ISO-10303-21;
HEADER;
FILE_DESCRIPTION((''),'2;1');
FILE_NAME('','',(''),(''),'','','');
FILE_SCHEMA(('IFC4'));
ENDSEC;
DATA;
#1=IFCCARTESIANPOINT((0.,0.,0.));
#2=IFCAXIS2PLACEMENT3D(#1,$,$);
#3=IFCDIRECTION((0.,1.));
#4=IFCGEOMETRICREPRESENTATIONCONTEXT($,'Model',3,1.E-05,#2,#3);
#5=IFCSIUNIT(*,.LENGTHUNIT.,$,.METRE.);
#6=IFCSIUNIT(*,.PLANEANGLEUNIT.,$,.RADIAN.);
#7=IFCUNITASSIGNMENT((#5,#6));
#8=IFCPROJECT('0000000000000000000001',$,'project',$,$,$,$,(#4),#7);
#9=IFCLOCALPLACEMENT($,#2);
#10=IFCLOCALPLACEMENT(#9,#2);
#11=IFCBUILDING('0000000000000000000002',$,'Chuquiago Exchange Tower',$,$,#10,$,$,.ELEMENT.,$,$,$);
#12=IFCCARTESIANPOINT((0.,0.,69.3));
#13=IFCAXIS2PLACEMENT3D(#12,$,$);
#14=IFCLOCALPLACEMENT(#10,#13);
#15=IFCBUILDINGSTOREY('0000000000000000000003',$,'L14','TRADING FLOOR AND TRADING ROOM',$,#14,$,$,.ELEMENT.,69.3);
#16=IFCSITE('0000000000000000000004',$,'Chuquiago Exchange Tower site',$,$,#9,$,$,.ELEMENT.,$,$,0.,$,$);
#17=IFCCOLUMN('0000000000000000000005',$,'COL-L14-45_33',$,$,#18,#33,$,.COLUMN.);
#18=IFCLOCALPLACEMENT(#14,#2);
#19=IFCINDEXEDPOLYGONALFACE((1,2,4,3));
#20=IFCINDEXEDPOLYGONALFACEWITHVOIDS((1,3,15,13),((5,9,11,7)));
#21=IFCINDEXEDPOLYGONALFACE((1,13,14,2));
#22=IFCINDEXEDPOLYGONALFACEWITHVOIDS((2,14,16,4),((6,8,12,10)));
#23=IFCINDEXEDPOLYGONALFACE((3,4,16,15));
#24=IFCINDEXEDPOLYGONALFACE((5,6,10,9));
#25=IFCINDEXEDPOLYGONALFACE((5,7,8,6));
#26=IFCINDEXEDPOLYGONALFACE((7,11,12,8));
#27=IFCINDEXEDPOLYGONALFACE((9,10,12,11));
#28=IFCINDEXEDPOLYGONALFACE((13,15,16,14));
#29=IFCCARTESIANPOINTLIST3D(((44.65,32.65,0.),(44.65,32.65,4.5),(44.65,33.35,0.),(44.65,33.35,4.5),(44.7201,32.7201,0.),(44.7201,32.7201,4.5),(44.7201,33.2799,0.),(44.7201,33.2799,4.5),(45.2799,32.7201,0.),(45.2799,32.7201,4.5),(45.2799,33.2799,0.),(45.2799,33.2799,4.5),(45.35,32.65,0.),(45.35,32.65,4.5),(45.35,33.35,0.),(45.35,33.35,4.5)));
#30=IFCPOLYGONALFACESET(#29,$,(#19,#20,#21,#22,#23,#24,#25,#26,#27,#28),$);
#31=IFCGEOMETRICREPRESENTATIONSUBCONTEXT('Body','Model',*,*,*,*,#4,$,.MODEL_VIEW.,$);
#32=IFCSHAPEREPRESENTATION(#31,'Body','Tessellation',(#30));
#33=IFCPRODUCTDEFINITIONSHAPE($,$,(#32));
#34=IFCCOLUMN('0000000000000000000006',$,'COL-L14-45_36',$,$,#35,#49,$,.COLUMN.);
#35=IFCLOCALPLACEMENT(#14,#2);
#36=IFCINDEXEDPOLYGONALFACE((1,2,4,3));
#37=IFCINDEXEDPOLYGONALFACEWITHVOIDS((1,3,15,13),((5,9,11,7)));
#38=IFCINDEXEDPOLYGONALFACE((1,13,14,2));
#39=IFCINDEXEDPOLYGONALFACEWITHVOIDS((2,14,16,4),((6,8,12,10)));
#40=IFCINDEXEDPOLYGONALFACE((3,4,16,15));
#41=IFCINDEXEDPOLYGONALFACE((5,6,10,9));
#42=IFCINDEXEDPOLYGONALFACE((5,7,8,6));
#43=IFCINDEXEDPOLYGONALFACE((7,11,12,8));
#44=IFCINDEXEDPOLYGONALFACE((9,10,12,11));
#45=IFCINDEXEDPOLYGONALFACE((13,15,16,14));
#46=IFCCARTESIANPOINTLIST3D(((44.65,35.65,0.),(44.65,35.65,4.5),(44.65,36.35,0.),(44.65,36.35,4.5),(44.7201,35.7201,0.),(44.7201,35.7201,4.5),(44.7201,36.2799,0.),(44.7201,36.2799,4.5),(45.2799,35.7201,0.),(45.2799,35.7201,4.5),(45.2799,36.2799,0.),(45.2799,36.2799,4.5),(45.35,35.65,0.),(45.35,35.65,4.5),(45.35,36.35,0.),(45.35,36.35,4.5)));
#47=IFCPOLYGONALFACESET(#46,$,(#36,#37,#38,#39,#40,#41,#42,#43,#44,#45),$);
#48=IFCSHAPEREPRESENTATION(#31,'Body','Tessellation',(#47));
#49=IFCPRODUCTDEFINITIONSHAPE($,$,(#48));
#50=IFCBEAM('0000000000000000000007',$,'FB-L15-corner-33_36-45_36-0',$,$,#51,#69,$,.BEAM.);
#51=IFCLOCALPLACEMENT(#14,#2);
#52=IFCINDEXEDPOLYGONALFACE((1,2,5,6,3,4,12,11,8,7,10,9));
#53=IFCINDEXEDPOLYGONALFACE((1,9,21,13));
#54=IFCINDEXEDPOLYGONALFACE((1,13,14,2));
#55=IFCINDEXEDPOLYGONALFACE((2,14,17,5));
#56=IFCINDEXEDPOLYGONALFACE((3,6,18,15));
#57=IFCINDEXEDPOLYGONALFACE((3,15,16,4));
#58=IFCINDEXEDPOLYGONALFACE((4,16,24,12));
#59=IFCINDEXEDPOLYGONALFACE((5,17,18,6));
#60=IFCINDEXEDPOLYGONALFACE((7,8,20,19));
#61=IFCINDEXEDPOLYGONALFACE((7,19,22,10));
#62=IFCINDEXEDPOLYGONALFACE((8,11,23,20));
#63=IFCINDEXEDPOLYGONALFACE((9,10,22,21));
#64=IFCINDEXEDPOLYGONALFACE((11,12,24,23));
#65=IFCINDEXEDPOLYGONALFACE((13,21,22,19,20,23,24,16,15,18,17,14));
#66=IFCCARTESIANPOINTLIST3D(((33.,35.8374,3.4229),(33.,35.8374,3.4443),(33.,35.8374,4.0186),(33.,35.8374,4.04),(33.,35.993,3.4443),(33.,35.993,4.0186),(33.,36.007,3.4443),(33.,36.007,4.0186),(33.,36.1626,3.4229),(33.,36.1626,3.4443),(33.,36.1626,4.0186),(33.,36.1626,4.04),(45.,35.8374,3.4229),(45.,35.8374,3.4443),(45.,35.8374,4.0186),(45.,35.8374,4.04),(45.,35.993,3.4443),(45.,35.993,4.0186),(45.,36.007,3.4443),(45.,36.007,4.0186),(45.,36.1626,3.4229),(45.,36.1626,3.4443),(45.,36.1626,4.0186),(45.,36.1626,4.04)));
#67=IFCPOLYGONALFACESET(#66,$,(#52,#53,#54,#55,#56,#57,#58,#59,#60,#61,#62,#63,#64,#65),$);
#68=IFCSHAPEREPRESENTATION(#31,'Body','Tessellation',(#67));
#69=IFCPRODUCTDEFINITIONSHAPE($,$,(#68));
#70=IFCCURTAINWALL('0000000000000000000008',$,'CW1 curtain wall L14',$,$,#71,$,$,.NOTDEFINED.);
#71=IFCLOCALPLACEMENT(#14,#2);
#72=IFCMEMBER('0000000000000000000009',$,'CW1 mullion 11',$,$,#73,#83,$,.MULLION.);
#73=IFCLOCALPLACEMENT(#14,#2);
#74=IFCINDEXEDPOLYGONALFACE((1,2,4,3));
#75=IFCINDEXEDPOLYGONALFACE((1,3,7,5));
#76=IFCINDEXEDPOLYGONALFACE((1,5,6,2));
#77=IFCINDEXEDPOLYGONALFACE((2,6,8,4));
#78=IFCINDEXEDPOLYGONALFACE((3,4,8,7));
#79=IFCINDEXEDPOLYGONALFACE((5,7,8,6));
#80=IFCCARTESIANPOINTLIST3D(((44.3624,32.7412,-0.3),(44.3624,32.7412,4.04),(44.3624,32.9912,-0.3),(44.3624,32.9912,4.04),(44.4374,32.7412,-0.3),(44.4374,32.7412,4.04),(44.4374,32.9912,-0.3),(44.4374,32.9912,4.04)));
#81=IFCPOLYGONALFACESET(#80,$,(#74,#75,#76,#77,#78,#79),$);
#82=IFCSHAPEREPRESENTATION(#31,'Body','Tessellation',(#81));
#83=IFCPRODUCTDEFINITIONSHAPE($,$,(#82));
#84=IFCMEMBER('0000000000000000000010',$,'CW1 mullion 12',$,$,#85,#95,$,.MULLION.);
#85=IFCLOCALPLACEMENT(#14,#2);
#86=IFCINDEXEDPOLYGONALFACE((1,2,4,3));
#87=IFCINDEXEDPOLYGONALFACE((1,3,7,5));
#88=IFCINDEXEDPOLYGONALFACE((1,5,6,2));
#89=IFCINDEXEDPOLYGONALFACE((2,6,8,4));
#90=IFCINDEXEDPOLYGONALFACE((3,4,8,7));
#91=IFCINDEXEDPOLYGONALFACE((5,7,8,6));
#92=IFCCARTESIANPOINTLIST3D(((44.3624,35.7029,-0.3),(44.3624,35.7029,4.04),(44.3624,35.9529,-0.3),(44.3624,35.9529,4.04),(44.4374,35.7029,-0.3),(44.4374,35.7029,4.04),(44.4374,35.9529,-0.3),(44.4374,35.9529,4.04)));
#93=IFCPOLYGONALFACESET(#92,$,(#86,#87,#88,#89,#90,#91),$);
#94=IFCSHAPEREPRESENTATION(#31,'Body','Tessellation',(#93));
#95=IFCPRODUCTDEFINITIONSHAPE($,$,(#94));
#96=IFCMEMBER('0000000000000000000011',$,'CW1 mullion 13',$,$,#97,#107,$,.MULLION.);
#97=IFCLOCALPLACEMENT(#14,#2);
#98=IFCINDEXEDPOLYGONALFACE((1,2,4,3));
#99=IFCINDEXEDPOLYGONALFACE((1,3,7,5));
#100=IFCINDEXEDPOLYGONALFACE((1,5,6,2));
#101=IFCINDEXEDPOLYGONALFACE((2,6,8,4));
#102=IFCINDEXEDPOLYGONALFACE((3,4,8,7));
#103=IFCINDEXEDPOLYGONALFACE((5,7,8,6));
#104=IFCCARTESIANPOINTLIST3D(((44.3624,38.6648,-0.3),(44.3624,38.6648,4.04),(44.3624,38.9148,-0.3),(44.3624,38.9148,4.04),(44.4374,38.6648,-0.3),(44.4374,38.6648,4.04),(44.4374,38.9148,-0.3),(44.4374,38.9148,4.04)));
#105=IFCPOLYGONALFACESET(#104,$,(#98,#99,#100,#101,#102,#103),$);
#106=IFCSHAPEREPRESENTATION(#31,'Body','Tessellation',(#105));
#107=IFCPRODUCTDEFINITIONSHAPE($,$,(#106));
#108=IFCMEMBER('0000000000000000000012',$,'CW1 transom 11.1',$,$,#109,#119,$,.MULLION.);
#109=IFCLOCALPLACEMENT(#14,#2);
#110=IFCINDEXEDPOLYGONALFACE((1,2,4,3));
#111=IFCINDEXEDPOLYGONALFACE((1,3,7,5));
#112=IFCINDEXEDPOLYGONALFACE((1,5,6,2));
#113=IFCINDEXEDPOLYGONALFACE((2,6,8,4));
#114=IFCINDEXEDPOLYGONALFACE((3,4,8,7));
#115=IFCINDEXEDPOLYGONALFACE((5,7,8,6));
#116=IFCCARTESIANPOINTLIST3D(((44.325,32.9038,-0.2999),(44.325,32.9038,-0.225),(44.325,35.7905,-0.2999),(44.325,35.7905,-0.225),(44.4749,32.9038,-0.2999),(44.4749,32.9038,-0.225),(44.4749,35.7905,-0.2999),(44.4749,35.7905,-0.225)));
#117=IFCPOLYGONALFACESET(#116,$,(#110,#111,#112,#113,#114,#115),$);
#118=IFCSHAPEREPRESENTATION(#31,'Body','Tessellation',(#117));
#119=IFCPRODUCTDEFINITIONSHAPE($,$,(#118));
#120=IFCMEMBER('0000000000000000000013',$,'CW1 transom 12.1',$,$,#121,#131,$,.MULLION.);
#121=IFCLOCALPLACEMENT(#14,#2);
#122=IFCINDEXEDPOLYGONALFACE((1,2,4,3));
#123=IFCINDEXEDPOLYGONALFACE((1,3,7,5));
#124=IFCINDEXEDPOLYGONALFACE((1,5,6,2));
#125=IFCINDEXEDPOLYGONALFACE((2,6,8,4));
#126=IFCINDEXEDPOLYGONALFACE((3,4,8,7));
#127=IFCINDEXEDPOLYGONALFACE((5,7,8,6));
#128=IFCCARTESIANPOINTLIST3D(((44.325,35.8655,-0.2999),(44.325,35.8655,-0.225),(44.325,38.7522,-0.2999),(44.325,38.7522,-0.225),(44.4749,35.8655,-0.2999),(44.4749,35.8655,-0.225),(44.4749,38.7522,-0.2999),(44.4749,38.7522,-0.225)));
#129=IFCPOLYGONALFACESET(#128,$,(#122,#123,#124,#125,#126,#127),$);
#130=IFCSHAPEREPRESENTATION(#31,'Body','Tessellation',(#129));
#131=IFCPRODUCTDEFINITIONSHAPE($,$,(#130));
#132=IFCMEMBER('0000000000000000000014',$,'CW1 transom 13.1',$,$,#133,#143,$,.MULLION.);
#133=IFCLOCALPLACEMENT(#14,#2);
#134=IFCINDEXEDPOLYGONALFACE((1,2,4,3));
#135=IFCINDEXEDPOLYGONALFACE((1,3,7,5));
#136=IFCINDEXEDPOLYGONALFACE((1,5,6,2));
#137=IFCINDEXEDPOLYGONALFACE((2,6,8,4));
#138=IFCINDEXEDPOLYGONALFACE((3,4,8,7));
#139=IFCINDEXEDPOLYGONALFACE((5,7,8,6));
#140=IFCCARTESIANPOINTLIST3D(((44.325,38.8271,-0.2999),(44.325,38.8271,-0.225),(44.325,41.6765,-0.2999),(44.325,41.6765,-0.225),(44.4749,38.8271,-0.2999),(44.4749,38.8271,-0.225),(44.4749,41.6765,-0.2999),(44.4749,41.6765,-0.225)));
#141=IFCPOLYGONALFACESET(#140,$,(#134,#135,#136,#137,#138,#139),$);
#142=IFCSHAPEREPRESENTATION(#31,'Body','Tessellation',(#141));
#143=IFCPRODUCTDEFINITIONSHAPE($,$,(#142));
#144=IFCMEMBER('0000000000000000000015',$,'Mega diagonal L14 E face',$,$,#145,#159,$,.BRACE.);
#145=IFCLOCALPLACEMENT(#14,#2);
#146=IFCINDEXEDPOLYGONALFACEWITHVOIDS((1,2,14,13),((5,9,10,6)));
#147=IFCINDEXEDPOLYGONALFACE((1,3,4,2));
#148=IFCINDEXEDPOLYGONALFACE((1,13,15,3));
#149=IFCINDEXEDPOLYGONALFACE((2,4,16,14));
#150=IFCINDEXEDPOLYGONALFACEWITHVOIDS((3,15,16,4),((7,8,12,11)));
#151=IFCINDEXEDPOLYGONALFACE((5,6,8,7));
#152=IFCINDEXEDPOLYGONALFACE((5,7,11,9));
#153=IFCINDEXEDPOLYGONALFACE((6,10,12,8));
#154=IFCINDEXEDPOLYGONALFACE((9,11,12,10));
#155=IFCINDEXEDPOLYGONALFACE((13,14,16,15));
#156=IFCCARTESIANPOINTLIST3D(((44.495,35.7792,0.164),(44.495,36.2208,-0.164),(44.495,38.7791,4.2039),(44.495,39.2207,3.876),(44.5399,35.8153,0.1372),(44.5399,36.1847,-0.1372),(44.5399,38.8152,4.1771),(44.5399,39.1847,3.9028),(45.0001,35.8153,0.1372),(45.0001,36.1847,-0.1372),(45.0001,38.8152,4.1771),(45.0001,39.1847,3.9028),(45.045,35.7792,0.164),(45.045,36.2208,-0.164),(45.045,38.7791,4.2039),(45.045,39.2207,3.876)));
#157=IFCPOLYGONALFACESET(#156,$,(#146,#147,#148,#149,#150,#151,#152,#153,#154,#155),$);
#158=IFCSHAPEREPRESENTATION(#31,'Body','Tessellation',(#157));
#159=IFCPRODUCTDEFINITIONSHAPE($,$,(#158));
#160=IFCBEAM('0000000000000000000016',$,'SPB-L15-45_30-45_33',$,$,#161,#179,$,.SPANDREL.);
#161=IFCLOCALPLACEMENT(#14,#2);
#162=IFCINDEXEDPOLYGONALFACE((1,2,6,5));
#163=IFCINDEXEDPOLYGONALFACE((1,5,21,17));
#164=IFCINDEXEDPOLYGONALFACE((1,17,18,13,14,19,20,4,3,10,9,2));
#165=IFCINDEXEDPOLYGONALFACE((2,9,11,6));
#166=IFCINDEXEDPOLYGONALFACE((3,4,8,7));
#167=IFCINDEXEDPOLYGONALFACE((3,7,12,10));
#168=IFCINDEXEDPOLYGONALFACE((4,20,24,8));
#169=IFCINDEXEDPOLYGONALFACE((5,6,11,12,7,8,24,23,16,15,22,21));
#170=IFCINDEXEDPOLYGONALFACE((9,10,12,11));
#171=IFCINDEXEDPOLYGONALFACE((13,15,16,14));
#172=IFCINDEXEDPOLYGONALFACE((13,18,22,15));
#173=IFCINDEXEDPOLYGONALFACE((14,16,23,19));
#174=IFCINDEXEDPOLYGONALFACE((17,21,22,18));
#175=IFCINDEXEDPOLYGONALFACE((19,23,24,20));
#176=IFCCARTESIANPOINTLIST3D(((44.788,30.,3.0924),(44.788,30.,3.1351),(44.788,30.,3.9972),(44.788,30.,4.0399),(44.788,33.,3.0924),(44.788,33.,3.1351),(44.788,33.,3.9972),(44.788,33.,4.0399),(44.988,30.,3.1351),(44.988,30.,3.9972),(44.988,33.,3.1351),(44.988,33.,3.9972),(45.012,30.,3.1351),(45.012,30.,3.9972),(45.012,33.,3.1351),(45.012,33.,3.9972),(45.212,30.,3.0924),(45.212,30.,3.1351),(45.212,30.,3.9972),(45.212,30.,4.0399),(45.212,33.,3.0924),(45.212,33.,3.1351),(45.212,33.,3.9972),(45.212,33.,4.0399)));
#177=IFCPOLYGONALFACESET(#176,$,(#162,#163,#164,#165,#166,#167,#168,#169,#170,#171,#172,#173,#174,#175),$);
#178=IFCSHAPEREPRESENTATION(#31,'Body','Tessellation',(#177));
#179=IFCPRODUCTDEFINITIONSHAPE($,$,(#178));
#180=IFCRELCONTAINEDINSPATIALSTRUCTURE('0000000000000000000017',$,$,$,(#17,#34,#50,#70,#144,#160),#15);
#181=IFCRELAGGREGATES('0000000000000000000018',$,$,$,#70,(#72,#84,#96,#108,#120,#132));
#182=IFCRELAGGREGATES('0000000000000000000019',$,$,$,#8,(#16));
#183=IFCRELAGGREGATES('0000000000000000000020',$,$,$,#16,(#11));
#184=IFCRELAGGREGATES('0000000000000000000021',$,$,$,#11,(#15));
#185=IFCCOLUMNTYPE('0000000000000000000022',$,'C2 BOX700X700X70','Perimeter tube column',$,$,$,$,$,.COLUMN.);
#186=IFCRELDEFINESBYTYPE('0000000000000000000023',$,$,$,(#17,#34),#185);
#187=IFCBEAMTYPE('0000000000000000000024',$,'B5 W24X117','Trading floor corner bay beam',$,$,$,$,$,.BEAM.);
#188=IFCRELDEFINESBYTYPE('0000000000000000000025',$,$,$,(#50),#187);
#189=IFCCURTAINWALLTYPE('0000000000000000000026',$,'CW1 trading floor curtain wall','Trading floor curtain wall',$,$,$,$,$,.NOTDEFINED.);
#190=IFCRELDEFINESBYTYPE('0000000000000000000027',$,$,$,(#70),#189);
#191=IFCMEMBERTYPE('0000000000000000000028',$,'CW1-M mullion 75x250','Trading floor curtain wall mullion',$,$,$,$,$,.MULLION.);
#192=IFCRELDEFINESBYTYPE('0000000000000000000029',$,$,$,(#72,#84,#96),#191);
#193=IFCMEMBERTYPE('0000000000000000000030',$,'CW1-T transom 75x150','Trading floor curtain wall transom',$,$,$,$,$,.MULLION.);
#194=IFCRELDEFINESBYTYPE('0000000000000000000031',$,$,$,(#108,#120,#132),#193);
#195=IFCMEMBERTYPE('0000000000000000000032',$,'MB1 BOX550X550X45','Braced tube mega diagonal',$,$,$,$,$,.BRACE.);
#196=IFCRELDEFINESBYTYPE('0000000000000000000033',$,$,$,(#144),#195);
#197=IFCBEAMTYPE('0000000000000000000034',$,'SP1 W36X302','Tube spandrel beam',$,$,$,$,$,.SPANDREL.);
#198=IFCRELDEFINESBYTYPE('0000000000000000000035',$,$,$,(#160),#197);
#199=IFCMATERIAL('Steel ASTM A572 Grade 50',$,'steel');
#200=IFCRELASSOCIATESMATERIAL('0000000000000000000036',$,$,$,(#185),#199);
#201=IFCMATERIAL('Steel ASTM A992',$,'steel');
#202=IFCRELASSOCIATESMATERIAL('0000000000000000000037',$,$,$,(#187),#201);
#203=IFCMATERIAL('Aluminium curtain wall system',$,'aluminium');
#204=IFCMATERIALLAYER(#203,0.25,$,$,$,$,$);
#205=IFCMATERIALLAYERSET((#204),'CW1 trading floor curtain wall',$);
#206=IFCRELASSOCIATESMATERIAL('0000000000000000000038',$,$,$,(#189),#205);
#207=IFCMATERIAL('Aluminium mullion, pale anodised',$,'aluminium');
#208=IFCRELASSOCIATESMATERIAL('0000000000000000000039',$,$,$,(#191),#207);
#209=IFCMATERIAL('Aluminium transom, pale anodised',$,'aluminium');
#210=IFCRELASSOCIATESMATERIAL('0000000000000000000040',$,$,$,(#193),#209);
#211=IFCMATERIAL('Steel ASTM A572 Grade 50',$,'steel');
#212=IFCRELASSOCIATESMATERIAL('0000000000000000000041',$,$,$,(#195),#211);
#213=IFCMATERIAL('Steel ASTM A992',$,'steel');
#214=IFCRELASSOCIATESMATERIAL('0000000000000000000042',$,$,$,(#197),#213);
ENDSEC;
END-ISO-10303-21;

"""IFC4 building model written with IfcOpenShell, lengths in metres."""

from ifc_helpers import new_model, si_unit, direction, frame, origin, origin_2d, place, context, subcontext, project, spatial, rectangle, hollow_rectangle, i_section, extrude, material, layer, layer_set, material_profile, profile_set, type_object, element, aggregate, save


model = new_model("IFC4")

# Units and contexts
model_context = context("Model", 3, precision=1e-05, world=origin(), true_north=direction((0.0, 1.0)))
body_context = subcontext(model_context, "Body", "Model", "MODEL_VIEW")
ifc_project = project(units=[si_unit("LENGTHUNIT", "METRE"), si_unit("PLANEANGLEUNIT", "RADIAN")], contexts=[model_context])

# Site, building, storey
site_placement = place(None, origin())
site = spatial("IfcSite", under=ifc_project, at=site_placement, Name="Chuquiago Exchange Tower site", CompositionType="ELEMENT", RefElevation=0.0)
building_placement = place(site_placement, origin())
building = spatial("IfcBuilding", under=site, at=building_placement, Name="Chuquiago Exchange Tower", CompositionType="ELEMENT")
storey_placement = place(building_placement, frame((0.0, 0.0, 69.3)))
storey = spatial("IfcBuildingStorey", under=building, at=storey_placement, Name="L14", Description="TRADING FLOOR AND TRADING ROOM", CompositionType="ELEMENT", Elevation=69.3)

# Columns
ifc_material_1 = material(Name="Steel ASTM A572 Grade 50", Category="steel")
ifc_material_profile_1 = material_profile(ifc_material_1, hollow_rectangle(XDim=0.7, YDim=0.7, WallThickness=0.0701, at=origin_2d()), Name="BOX700X700X70")
ifc_profile_set_1 = profile_set([ifc_material_profile_1], Name="Steel ASTM A572 Grade 50")
column_type = type_object("IfcColumnType", Name="C2 BOX700X700X70", Description="Perimeter tube column", PredefinedType="COLUMN", material=ifc_profile_set_1)
for number, where, z_axis, x_axis, name in (
    (1, (45.0, 33.0, 0.0), (0.0, 0.0, 1.0), (1.0, 0.0, 0.0), "COL-L14-45_33"),
    (2, (45.0, 36.0, 0.0), (0.0, 0.0, 1.0), (1.0, 0.0, 0.0), "COL-L14-45_36"),
):
    element("IfcColumn", number, at=place(storey_placement, frame(where, z_axis=z_axis, x_axis=x_axis)), inside=storey, type_object=column_type, Name=name, PredefinedType="COLUMN", context=body_context, shape_type="SweptSolid", body=[
        extrude(hollow_rectangle(XDim=0.7, YDim=0.7, WallThickness=0.0701, at=origin_2d()), origin(), (0.0, 0.0, 1.0), 4.5),
    ])

# Beam
ifc_material_2 = material(Name="Steel ASTM A992", Category="steel")
ifc_material_profile_2 = material_profile(ifc_material_2, i_section(OverallWidth=0.3252, OverallDepth=0.6172, WebThickness=0.0139, FlangeThickness=0.0215, at=origin_2d()), Name="W24X117")
ifc_profile_set_2 = profile_set([ifc_material_profile_2], Name="Steel ASTM A992")
beam_type_1 = type_object("IfcBeamType", Name="B5 W24X117", Description="Trading floor corner bay beam", PredefinedType="BEAM", material=ifc_profile_set_2)
beam_placement = place(storey_placement, frame((33.0, 36.0, 3.7314), z_axis=(1.0, 0.0, 0.0), x_axis=(0.0, 1.0, 0.0)))
element("IfcBeam", 3, at=beam_placement, inside=storey, type_object=beam_type_1, Name="FB-L15-corner-33_36-45_36-0", PredefinedType="BEAM", context=body_context, shape_type="SweptSolid", body=[
    extrude(i_section(OverallWidth=0.3252, OverallDepth=0.6172, WebThickness=0.0139, FlangeThickness=0.0215, at=origin_2d()), origin(), (0.0, 0.0, 1.0), 12.0),
])

# Curtain wall, members
ifc_material_3 = material(Name="Aluminium curtain wall system", Category="aluminium")
ifc_layer_1 = layer(ifc_material_3, 0.25)
ifc_layer_set_1 = layer_set([ifc_layer_1], Name="CW1 trading floor curtain wall")
curtain_wall_type = type_object("IfcCurtainWallType", Name="CW1 trading floor curtain wall", Description="Trading floor curtain wall", PredefinedType="NOTDEFINED", material=ifc_layer_set_1)
curtain_wall_placement = place(storey_placement, origin())
curtain_wall = element("IfcCurtainWall", 4, at=curtain_wall_placement, inside=storey, type_object=curtain_wall_type, Name="CW1 curtain wall L14", PredefinedType="NOTDEFINED")
ifc_material_4 = material(Name="Aluminium mullion, pale anodised", Category="aluminium")
ifc_material_profile_3 = material_profile(ifc_material_4, rectangle(XDim=0.075, YDim=0.25, at=origin_2d()), Name="AL 75x250")
ifc_profile_set_3 = profile_set([ifc_material_profile_3], Name="Aluminium mullion, pale anodised")
member_type_1 = type_object("IfcMemberType", Name="CW1-M mullion 75x250", Description="Trading floor curtain wall mullion", PredefinedType="MULLION", material=ifc_profile_set_3)
member_1_placement = place(storey_placement, frame((44.3999, 32.8662, -0.3), z_axis=(0.0, 0.0, 1.0), x_axis=(-1.0, 0.0, 0.0)))
member_1 = element("IfcMember", 5, at=member_1_placement, type_object=member_type_1, Name="CW1 mullion 11", PredefinedType="MULLION", context=body_context, shape_type="SweptSolid", body=[
    extrude(rectangle(XDim=0.075, YDim=0.25, at=origin_2d()), origin(), (0.0, 0.0, 1.0), 4.3401),
])
member_2_placement = place(storey_placement, frame((44.3999, 35.8279, -0.3), z_axis=(0.0, 0.0, 1.0), x_axis=(-1.0, 0.0, 0.0)))
member_2 = element("IfcMember", 6, at=member_2_placement, type_object=member_type_1, Name="CW1 mullion 12", PredefinedType="MULLION", context=body_context, shape_type="SweptSolid", body=[
    extrude(rectangle(XDim=0.075, YDim=0.25, at=origin_2d()), origin(), (0.0, 0.0, 1.0), 4.3401),
])
member_3_placement = place(storey_placement, frame((44.3999, 38.7898, -0.3), z_axis=(0.0, 0.0, 1.0), x_axis=(-1.0, 0.0, 0.0)))
member_3 = element("IfcMember", 7, at=member_3_placement, type_object=member_type_1, Name="CW1 mullion 13", PredefinedType="MULLION", context=body_context, shape_type="SweptSolid", body=[
    extrude(rectangle(XDim=0.075, YDim=0.25, at=origin_2d()), origin(), (0.0, 0.0, 1.0), 4.3401),
])
ifc_material_5 = material(Name="Aluminium transom, pale anodised", Category="aluminium")
ifc_material_profile_4 = material_profile(ifc_material_5, rectangle(XDim=0.1499, YDim=0.075, at=origin_2d()), Name="AL 150x75")
ifc_profile_set_4 = profile_set([ifc_material_profile_4], Name="Aluminium transom, pale anodised")
member_type_2 = type_object("IfcMemberType", Name="CW1-T transom 75x150", Description="Trading floor curtain wall transom", PredefinedType="MULLION", material=ifc_profile_set_4)
member_4_placement = place(storey_placement, frame((44.3999, 32.9038, -0.2625), z_axis=(0.0, 1.0, 0.0), x_axis=(-1.0, 0.0, 0.0)))
member_4 = element("IfcMember", 8, at=member_4_placement, type_object=member_type_2, Name="CW1 transom 11.1", PredefinedType="MULLION", context=body_context, shape_type="SweptSolid", body=[
    extrude(rectangle(XDim=0.1499, YDim=0.075, at=origin_2d()), origin(), (0.0, 0.0, 1.0), 2.8867),
])
member_5_placement = place(storey_placement, frame((44.3999, 35.8655, -0.2625), z_axis=(0.0, 1.0, 0.0), x_axis=(-1.0, 0.0, 0.0)))
member_5 = element("IfcMember", 9, at=member_5_placement, type_object=member_type_2, Name="CW1 transom 12.1", PredefinedType="MULLION", context=body_context, shape_type="SweptSolid", body=[
    extrude(rectangle(XDim=0.1499, YDim=0.075, at=origin_2d()), origin(), (0.0, 0.0, 1.0), 2.8867),
])
member_6_placement = place(storey_placement, frame((44.3999, 38.8271, -0.2625), z_axis=(0.0, 1.0, 0.0), x_axis=(-1.0, 0.0, 0.0)))
member_6 = element("IfcMember", 10, at=member_6_placement, type_object=member_type_2, Name="CW1 transom 13.1", PredefinedType="MULLION", context=body_context, shape_type="SweptSolid", body=[
    extrude(rectangle(XDim=0.1499, YDim=0.075, at=origin_2d()), origin(), (0.0, 0.0, 1.0), 2.8494),
])

# Member
ifc_material_6 = material(Name="Steel ASTM A572 Grade 50", Category="steel")
ifc_material_profile_5 = material_profile(ifc_material_6, hollow_rectangle(XDim=0.55, YDim=0.55, WallThickness=0.0449, at=origin_2d()), Name="BOX550X550X45")
ifc_profile_set_5 = profile_set([ifc_material_profile_5], Name="Steel ASTM A572 Grade 50")
member_type_3 = type_object("IfcMemberType", Name="MB1 BOX550X550X45", Description="Braced tube mega diagonal", PredefinedType="BRACE", material=ifc_profile_set_5)
member_7_placement = place(storey_placement, frame((44.77, 36.0, 0.0), z_axis=(0.0, 0.596174, 0.802855), x_axis=(-1.0, 0.0, 0.0)))
element("IfcMember", 11, at=member_7_placement, inside=storey, type_object=member_type_3, Name="Mega diagonal L14 E face", PredefinedType="BRACE", context=body_context, shape_type="SweptSolid", body=[
    extrude(hollow_rectangle(XDim=0.55, YDim=0.55, WallThickness=0.0449, at=origin_2d()), origin(), (0.0, 0.0, 1.0), 5.032),
])

# Beam
ifc_material_7 = material(Name="Steel ASTM A992", Category="steel")
ifc_material_profile_6 = material_profile(ifc_material_7, i_section(OverallWidth=0.4241, OverallDepth=0.9475, WebThickness=0.0239, FlangeThickness=0.0427, at=origin_2d()), Name="W36X302")
ifc_profile_set_6 = profile_set([ifc_material_profile_6], Name="Steel ASTM A992")
beam_type_2 = type_object("IfcBeamType", Name="SP1 W36X302", Description="Tube spandrel beam", PredefinedType="SPANDREL", material=ifc_profile_set_6)
for number, where, z_axis, x_axis, name in (
    (12, (45.0, 30.0, 3.5662), (0.0, 1.0, 0.0), (-1.0, 0.0, 0.0), "SPB-L15-45_30-45_33"),
):
    element("IfcBeam", number, at=place(storey_placement, frame(where, z_axis=z_axis, x_axis=x_axis)), inside=storey, type_object=beam_type_2, Name=name, PredefinedType="SPANDREL", context=body_context, shape_type="SweptSolid", body=[
        extrude(i_section(OverallWidth=0.4241, OverallDepth=0.9475, WebThickness=0.0239, FlangeThickness=0.0427, at=origin_2d()), origin(), (0.0, 0.0, 1.0), 3.0),
    ])

aggregate(curtain_wall, [member_1, member_2, member_3, member_4, member_5, member_6])

save(model, "model.ifc")
